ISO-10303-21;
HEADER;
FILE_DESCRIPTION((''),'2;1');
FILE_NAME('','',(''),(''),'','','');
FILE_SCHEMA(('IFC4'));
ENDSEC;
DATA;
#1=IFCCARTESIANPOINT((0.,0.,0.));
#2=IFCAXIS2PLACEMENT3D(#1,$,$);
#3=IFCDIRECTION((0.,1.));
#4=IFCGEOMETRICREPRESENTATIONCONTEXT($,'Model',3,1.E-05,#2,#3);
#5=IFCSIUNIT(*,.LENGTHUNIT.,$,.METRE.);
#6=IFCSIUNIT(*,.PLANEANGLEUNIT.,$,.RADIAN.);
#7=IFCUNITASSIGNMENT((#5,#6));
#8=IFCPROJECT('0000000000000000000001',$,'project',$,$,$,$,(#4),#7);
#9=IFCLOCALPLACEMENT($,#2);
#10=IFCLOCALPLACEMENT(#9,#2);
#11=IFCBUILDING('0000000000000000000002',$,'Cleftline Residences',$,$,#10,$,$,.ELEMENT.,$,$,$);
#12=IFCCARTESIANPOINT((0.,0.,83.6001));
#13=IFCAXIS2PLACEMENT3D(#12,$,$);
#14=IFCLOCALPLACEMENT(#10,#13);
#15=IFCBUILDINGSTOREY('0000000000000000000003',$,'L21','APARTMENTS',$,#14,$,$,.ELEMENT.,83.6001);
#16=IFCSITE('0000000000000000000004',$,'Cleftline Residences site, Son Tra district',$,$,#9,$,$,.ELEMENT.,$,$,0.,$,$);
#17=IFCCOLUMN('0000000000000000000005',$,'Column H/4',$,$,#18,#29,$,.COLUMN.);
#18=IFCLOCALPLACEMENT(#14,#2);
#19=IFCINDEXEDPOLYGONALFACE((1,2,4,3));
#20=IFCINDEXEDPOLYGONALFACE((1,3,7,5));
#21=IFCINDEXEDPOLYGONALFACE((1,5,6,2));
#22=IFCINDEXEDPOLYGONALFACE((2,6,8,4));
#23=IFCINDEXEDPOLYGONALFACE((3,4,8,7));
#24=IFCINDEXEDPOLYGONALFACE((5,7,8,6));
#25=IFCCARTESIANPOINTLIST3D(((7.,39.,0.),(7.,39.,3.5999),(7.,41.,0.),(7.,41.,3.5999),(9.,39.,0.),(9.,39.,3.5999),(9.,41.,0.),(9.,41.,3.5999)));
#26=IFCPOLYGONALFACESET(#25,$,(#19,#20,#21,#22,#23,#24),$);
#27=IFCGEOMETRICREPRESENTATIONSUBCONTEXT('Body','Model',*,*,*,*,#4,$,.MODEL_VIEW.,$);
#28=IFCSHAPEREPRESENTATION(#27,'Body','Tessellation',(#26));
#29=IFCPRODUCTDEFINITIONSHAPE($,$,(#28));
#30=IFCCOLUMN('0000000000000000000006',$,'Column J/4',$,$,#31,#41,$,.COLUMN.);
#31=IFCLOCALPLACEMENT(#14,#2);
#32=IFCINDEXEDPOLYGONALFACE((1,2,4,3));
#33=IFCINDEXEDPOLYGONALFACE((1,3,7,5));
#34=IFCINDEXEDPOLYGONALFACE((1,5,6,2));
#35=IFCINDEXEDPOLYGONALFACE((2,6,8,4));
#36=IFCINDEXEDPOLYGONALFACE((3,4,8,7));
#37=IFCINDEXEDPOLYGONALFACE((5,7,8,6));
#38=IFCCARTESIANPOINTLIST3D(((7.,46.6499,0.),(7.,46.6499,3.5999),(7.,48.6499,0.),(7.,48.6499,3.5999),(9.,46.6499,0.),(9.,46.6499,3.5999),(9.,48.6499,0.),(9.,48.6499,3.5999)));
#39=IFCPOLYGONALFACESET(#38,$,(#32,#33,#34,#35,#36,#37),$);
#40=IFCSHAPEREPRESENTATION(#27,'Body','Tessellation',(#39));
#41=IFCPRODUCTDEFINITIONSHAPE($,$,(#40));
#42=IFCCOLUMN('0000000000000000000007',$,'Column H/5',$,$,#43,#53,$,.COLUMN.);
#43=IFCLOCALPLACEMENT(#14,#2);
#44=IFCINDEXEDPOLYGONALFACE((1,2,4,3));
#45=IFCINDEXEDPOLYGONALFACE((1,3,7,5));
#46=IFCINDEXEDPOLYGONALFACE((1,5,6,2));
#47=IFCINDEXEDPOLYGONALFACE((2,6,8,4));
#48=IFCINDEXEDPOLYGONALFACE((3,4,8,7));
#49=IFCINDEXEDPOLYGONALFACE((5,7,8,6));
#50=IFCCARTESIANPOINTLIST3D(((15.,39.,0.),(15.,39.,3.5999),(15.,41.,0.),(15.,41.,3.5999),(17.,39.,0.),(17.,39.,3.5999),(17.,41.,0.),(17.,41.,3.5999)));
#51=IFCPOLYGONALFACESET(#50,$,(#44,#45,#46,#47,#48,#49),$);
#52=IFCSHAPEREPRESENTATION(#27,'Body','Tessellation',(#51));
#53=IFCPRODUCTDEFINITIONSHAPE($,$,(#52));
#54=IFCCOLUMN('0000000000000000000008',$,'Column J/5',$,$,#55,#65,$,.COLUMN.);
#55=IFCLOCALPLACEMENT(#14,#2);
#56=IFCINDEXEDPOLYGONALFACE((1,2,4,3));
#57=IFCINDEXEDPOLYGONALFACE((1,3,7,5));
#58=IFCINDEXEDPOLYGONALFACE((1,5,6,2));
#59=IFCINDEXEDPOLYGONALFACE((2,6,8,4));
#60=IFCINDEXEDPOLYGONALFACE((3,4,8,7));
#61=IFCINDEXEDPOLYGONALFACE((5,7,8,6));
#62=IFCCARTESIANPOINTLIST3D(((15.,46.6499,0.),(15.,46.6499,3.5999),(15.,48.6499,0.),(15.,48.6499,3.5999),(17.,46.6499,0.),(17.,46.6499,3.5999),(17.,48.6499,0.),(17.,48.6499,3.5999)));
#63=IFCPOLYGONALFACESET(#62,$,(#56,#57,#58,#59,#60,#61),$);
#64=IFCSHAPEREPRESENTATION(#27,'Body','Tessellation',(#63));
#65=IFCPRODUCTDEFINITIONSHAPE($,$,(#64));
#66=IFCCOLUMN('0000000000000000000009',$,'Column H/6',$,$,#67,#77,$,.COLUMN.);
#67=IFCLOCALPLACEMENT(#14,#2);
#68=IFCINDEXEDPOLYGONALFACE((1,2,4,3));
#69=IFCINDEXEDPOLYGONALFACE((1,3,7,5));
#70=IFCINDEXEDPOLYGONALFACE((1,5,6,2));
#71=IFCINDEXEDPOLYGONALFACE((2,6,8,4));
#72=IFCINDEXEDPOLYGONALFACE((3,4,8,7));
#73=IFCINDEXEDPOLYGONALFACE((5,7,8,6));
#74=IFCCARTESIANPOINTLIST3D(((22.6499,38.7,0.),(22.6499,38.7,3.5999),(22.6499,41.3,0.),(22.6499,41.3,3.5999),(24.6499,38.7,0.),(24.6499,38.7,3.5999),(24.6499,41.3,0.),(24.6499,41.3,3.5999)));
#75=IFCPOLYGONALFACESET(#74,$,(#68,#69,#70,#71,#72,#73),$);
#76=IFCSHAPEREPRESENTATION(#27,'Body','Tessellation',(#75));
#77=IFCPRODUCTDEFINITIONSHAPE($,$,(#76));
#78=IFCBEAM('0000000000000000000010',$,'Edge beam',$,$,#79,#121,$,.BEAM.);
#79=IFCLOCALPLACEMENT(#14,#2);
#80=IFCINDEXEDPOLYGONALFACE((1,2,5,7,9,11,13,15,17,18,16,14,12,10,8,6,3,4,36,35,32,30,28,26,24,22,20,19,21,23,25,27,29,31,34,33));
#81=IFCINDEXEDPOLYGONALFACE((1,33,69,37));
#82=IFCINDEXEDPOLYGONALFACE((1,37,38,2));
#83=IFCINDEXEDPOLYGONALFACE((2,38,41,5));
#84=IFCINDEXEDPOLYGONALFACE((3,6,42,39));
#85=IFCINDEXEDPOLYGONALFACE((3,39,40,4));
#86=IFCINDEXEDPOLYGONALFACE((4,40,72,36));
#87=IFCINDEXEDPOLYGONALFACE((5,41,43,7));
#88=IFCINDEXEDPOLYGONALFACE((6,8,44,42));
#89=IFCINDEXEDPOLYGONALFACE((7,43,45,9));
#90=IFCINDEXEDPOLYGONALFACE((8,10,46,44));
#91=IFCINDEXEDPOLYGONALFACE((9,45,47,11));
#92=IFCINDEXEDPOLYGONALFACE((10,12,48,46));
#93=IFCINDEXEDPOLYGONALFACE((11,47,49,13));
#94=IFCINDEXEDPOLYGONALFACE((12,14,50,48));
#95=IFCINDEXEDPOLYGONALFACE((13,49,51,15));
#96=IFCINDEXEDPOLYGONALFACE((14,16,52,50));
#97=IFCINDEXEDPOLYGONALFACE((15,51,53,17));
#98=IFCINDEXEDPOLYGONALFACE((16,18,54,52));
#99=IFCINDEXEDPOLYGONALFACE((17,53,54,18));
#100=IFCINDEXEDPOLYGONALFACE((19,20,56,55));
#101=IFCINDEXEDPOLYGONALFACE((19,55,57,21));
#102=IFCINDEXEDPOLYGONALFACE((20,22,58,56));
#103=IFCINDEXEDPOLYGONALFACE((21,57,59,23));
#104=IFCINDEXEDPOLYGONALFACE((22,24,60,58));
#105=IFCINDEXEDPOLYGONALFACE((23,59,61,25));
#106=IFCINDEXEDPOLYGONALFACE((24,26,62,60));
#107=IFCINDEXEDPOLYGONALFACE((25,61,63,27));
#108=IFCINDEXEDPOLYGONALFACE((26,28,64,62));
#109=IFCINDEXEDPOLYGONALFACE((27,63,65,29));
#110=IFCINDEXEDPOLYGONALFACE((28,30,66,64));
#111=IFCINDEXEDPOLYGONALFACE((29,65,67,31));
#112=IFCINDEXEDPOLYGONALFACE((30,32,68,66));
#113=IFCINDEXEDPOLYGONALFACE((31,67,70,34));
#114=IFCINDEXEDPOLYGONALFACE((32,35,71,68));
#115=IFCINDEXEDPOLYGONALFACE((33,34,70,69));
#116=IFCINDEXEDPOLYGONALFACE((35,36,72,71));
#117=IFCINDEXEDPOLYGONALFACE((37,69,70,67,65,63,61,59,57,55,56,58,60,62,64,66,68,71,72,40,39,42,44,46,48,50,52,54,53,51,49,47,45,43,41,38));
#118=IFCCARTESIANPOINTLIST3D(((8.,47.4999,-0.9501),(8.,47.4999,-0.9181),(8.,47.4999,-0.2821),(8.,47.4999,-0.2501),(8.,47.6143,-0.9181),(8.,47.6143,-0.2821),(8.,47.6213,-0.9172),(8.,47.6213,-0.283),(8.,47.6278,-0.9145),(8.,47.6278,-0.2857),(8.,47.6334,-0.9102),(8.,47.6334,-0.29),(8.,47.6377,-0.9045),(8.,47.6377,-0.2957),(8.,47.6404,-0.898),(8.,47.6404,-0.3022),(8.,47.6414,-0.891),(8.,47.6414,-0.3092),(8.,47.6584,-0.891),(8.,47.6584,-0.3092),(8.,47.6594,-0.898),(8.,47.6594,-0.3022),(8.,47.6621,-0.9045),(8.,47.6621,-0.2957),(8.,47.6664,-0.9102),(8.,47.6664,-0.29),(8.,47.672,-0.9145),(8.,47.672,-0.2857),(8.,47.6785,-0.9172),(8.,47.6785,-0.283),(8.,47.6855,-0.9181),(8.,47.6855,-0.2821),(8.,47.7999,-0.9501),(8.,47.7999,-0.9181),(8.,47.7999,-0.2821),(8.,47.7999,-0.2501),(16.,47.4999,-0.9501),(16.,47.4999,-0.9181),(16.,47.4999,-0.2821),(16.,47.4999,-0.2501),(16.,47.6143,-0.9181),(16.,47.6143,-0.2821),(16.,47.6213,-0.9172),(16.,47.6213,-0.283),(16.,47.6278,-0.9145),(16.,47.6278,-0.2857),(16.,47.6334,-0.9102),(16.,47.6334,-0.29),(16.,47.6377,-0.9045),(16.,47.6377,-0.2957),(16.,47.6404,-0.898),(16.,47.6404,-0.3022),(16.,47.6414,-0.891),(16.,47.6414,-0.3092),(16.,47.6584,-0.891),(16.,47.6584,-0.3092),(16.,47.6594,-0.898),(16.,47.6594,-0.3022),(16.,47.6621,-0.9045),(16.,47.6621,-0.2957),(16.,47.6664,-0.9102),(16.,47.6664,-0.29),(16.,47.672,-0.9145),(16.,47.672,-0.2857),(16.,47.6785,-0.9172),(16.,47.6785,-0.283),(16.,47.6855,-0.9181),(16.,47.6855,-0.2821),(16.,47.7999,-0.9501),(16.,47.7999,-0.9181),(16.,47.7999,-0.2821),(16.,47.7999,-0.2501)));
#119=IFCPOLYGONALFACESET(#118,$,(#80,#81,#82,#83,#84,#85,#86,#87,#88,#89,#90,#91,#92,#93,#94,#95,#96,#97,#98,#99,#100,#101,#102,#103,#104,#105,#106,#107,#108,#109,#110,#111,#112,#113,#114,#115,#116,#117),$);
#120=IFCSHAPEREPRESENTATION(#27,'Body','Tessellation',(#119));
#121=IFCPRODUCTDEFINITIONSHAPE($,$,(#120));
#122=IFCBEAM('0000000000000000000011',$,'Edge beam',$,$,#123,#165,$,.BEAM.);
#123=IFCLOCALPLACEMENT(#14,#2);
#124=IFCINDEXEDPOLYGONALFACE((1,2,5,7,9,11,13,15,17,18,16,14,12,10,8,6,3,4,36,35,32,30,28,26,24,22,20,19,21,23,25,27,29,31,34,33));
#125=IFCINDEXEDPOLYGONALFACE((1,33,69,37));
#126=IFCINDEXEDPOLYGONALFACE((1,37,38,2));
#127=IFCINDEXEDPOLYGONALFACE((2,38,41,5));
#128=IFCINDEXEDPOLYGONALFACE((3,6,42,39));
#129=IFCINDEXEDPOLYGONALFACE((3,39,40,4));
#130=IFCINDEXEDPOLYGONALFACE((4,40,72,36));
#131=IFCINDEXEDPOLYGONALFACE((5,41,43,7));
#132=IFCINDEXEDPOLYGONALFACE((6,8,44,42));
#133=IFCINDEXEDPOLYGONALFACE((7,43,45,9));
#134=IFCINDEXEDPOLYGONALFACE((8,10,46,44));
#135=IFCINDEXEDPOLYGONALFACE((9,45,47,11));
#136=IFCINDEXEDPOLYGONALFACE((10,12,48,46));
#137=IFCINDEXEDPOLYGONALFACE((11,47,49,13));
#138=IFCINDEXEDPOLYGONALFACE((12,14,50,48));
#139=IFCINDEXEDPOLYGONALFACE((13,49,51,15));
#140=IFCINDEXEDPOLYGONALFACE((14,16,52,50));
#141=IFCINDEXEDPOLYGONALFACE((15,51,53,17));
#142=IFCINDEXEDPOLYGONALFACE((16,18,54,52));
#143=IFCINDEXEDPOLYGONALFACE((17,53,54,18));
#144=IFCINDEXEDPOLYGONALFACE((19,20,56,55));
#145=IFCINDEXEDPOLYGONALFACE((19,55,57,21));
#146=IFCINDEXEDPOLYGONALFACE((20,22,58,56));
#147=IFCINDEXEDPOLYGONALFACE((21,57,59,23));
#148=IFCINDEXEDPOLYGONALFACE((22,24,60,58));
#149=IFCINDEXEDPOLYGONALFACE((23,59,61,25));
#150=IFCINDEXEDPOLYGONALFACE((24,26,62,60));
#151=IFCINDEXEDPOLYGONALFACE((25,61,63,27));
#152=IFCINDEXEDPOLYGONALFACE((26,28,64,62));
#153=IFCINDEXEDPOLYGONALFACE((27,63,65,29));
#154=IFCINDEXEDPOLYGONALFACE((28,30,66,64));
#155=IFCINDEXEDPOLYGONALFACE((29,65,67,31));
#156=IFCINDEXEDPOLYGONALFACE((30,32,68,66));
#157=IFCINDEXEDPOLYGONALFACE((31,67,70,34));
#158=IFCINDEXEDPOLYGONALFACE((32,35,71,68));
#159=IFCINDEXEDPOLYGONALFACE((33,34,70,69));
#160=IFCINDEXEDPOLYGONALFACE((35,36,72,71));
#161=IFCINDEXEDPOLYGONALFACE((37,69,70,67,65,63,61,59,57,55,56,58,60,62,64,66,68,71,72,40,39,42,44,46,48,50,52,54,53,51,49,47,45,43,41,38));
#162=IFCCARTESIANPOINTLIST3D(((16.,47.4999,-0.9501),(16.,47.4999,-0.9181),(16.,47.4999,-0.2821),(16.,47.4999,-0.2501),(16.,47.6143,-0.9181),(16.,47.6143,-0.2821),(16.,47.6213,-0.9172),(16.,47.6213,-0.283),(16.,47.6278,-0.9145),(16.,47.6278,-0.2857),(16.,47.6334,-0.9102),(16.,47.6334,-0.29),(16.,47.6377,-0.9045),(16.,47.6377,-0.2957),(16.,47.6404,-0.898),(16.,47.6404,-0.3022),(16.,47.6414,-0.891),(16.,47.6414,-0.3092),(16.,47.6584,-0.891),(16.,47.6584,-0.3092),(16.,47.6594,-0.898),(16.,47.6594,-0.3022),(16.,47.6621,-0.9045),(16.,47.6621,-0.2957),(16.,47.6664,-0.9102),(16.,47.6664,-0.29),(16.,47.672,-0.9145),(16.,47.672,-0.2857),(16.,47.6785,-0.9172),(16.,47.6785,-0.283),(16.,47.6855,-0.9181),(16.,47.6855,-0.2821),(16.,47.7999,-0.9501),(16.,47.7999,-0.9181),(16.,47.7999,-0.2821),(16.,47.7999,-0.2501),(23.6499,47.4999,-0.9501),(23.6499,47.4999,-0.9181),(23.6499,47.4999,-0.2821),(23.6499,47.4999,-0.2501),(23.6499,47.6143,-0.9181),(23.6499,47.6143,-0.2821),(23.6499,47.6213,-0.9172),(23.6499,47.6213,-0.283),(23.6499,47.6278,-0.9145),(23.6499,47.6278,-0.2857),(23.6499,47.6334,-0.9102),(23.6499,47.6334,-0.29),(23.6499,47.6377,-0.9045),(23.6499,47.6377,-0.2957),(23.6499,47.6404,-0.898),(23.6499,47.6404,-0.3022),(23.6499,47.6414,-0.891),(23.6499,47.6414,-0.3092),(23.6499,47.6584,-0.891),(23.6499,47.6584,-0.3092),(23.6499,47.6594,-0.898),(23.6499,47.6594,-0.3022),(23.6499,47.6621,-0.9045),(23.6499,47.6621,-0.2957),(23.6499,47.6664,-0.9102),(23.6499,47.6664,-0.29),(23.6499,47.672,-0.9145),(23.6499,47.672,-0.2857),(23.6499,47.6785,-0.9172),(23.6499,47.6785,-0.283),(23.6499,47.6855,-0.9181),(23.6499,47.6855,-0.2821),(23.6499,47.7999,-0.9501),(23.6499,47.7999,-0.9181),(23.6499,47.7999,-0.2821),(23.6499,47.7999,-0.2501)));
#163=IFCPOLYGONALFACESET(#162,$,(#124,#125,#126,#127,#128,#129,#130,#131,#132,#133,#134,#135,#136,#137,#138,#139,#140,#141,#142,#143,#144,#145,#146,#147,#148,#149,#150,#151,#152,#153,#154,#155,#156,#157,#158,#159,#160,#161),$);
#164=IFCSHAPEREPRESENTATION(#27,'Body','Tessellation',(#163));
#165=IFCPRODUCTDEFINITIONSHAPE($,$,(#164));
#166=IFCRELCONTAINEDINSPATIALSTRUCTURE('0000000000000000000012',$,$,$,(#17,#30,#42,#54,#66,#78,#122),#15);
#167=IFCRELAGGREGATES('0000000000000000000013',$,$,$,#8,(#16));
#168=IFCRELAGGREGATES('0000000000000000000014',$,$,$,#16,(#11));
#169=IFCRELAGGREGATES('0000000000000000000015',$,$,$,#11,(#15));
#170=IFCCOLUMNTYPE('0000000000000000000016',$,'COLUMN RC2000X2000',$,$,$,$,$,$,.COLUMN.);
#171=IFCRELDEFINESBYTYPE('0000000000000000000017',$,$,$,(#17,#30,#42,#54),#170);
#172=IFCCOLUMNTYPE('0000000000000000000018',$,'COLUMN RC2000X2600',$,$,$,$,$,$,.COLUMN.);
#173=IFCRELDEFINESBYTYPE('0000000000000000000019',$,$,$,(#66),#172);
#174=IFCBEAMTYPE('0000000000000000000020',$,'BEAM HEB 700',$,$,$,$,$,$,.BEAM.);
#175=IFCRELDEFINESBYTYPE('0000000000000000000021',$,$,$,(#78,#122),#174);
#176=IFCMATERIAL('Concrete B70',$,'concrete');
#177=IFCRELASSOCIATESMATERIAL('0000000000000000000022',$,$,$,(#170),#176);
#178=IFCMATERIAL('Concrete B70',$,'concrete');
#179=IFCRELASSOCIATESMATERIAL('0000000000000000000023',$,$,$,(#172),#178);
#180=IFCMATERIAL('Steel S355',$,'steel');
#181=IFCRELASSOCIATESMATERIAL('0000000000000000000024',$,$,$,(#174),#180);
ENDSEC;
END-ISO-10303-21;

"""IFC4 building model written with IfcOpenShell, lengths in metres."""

from ifc_helpers import new_model, si_unit, direction, frame, origin, origin_2d, place, context, subcontext, project, spatial, rectangle, i_section, extrude, material, material_profile, profile_set, type_object, element, save


model = new_model("IFC4")

# Units and contexts
model_context = context("Model", 3, precision=1e-05, world=origin(), true_north=direction((0.0, 1.0)))
body_context = subcontext(model_context, "Body", "Model", "MODEL_VIEW")
ifc_project = project(units=[si_unit("LENGTHUNIT", "METRE"), si_unit("PLANEANGLEUNIT", "RADIAN")], contexts=[model_context])

# Site, building, storey
site_placement = place(None, origin())
site = spatial("IfcSite", under=ifc_project, at=site_placement, Name="Cleftline Residences site, Son Tra district", CompositionType="ELEMENT", RefElevation=0.0)
building_placement = place(site_placement, origin())
building = spatial("IfcBuilding", under=site, at=building_placement, Name="Cleftline Residences", CompositionType="ELEMENT")
storey_placement = place(building_placement, frame((0.0, 0.0, 83.6001)))
storey = spatial("IfcBuildingStorey", under=building, at=storey_placement, Name="L21", Description="APARTMENTS", CompositionType="ELEMENT", Elevation=83.6001)

# Columns
ifc_material_1 = material(Name="Concrete B70", Category="concrete")
ifc_material_profile_1 = material_profile(ifc_material_1, rectangle(XDim=2.0, YDim=2.0, at=origin_2d()))
ifc_profile_set_1 = profile_set([ifc_material_profile_1], Name="Concrete B70")
column_type_1 = type_object("IfcColumnType", Name="COLUMN RC2000X2000", PredefinedType="COLUMN", material=ifc_profile_set_1)
for number, where, z_axis, x_axis, name in (
    (1, (8.0, 40.0, 0.0), (0.0, 0.0, 1.0), (1.0, 0.0, 0.0), "Column H/4"),
    (2, (8.0, 47.6499, 0.0), (0.0, 0.0, 1.0), (1.0, 0.0, 0.0), "Column J/4"),
    (3, (16.0, 40.0, 0.0), (0.0, 0.0, 1.0), (1.0, 0.0, 0.0), "Column H/5"),
    (4, (16.0, 47.6499, 0.0), (0.0, 0.0, 1.0), (1.0, 0.0, 0.0), "Column J/5"),
):
    element("IfcColumn", number, at=place(storey_placement, frame(where, z_axis=z_axis, x_axis=x_axis)), inside=storey, type_object=column_type_1, Name=name, PredefinedType="COLUMN", context=body_context, shape_type="SweptSolid", body=[
        extrude(rectangle(XDim=2.0, YDim=2.0, at=origin_2d()), origin(), (0.0, 0.0, 1.0), 3.5999),
    ])
ifc_material_2 = material(Name="Concrete B70", Category="concrete")
ifc_material_profile_2 = material_profile(ifc_material_2, rectangle(XDim=2.0, YDim=2.6001, at=origin_2d()))
ifc_profile_set_2 = profile_set([ifc_material_profile_2], Name="Concrete B70")
column_type_2 = type_object("IfcColumnType", Name="COLUMN RC2000X2600", PredefinedType="COLUMN", material=ifc_profile_set_2)
column_placement = place(storey_placement, frame((23.6499, 40.0, 0.0), z_axis=(0.0, 0.0, 1.0), x_axis=(1.0, 0.0, 0.0)))
element("IfcColumn", 5, at=column_placement, inside=storey, type_object=column_type_2, Name="Column H/6", PredefinedType="COLUMN", context=body_context, shape_type="SweptSolid", body=[
    extrude(rectangle(XDim=2.0, YDim=2.6001, at=origin_2d()), origin(), (0.0, 0.0, 1.0), 3.5999),
])

# Beams
ifc_material_3 = material(Name="Steel S355", Category="steel")
ifc_material_profile_3 = material_profile(ifc_material_3, i_section(OverallWidth=0.3, OverallDepth=0.7, WebThickness=0.0171, FlangeThickness=0.032, FilletRadius=0.0271, at=origin_2d()))
ifc_profile_set_3 = profile_set([ifc_material_profile_3], Name="Steel S355")
beam_type = type_object("IfcBeamType", Name="BEAM HEB 700", PredefinedType="BEAM", material=ifc_profile_set_3)
beam_1_placement = place(storey_placement, frame((8.0, 47.6499, -0.6001), z_axis=(1.0, 0.0, 0.0), x_axis=(0.0, 1.0, 0.0)))
element("IfcBeam", 6, at=beam_1_placement, inside=storey, type_object=beam_type, Name="Edge beam", PredefinedType="BEAM", context=body_context, shape_type="SweptSolid", body=[
    extrude(i_section(OverallWidth=0.3, OverallDepth=0.7, WebThickness=0.0171, FlangeThickness=0.032, FilletRadius=0.0271, at=origin_2d()), origin(), (0.0, 0.0, 1.0), 8.0),
])
beam_2_placement = place(storey_placement, frame((16.0, 47.6499, -0.6001), z_axis=(1.0, 0.0, 0.0), x_axis=(0.0, 1.0, 0.0)))
element("IfcBeam", 7, at=beam_2_placement, inside=storey, type_object=beam_type, Name="Edge beam", PredefinedType="BEAM", context=body_context, shape_type="SweptSolid", body=[
    extrude(i_section(OverallWidth=0.3, OverallDepth=0.7, WebThickness=0.0171, FlangeThickness=0.032, FilletRadius=0.0271, at=origin_2d()), origin(), (0.0, 0.0, 1.0), 7.6499),
])

save(model, "model.ifc")
